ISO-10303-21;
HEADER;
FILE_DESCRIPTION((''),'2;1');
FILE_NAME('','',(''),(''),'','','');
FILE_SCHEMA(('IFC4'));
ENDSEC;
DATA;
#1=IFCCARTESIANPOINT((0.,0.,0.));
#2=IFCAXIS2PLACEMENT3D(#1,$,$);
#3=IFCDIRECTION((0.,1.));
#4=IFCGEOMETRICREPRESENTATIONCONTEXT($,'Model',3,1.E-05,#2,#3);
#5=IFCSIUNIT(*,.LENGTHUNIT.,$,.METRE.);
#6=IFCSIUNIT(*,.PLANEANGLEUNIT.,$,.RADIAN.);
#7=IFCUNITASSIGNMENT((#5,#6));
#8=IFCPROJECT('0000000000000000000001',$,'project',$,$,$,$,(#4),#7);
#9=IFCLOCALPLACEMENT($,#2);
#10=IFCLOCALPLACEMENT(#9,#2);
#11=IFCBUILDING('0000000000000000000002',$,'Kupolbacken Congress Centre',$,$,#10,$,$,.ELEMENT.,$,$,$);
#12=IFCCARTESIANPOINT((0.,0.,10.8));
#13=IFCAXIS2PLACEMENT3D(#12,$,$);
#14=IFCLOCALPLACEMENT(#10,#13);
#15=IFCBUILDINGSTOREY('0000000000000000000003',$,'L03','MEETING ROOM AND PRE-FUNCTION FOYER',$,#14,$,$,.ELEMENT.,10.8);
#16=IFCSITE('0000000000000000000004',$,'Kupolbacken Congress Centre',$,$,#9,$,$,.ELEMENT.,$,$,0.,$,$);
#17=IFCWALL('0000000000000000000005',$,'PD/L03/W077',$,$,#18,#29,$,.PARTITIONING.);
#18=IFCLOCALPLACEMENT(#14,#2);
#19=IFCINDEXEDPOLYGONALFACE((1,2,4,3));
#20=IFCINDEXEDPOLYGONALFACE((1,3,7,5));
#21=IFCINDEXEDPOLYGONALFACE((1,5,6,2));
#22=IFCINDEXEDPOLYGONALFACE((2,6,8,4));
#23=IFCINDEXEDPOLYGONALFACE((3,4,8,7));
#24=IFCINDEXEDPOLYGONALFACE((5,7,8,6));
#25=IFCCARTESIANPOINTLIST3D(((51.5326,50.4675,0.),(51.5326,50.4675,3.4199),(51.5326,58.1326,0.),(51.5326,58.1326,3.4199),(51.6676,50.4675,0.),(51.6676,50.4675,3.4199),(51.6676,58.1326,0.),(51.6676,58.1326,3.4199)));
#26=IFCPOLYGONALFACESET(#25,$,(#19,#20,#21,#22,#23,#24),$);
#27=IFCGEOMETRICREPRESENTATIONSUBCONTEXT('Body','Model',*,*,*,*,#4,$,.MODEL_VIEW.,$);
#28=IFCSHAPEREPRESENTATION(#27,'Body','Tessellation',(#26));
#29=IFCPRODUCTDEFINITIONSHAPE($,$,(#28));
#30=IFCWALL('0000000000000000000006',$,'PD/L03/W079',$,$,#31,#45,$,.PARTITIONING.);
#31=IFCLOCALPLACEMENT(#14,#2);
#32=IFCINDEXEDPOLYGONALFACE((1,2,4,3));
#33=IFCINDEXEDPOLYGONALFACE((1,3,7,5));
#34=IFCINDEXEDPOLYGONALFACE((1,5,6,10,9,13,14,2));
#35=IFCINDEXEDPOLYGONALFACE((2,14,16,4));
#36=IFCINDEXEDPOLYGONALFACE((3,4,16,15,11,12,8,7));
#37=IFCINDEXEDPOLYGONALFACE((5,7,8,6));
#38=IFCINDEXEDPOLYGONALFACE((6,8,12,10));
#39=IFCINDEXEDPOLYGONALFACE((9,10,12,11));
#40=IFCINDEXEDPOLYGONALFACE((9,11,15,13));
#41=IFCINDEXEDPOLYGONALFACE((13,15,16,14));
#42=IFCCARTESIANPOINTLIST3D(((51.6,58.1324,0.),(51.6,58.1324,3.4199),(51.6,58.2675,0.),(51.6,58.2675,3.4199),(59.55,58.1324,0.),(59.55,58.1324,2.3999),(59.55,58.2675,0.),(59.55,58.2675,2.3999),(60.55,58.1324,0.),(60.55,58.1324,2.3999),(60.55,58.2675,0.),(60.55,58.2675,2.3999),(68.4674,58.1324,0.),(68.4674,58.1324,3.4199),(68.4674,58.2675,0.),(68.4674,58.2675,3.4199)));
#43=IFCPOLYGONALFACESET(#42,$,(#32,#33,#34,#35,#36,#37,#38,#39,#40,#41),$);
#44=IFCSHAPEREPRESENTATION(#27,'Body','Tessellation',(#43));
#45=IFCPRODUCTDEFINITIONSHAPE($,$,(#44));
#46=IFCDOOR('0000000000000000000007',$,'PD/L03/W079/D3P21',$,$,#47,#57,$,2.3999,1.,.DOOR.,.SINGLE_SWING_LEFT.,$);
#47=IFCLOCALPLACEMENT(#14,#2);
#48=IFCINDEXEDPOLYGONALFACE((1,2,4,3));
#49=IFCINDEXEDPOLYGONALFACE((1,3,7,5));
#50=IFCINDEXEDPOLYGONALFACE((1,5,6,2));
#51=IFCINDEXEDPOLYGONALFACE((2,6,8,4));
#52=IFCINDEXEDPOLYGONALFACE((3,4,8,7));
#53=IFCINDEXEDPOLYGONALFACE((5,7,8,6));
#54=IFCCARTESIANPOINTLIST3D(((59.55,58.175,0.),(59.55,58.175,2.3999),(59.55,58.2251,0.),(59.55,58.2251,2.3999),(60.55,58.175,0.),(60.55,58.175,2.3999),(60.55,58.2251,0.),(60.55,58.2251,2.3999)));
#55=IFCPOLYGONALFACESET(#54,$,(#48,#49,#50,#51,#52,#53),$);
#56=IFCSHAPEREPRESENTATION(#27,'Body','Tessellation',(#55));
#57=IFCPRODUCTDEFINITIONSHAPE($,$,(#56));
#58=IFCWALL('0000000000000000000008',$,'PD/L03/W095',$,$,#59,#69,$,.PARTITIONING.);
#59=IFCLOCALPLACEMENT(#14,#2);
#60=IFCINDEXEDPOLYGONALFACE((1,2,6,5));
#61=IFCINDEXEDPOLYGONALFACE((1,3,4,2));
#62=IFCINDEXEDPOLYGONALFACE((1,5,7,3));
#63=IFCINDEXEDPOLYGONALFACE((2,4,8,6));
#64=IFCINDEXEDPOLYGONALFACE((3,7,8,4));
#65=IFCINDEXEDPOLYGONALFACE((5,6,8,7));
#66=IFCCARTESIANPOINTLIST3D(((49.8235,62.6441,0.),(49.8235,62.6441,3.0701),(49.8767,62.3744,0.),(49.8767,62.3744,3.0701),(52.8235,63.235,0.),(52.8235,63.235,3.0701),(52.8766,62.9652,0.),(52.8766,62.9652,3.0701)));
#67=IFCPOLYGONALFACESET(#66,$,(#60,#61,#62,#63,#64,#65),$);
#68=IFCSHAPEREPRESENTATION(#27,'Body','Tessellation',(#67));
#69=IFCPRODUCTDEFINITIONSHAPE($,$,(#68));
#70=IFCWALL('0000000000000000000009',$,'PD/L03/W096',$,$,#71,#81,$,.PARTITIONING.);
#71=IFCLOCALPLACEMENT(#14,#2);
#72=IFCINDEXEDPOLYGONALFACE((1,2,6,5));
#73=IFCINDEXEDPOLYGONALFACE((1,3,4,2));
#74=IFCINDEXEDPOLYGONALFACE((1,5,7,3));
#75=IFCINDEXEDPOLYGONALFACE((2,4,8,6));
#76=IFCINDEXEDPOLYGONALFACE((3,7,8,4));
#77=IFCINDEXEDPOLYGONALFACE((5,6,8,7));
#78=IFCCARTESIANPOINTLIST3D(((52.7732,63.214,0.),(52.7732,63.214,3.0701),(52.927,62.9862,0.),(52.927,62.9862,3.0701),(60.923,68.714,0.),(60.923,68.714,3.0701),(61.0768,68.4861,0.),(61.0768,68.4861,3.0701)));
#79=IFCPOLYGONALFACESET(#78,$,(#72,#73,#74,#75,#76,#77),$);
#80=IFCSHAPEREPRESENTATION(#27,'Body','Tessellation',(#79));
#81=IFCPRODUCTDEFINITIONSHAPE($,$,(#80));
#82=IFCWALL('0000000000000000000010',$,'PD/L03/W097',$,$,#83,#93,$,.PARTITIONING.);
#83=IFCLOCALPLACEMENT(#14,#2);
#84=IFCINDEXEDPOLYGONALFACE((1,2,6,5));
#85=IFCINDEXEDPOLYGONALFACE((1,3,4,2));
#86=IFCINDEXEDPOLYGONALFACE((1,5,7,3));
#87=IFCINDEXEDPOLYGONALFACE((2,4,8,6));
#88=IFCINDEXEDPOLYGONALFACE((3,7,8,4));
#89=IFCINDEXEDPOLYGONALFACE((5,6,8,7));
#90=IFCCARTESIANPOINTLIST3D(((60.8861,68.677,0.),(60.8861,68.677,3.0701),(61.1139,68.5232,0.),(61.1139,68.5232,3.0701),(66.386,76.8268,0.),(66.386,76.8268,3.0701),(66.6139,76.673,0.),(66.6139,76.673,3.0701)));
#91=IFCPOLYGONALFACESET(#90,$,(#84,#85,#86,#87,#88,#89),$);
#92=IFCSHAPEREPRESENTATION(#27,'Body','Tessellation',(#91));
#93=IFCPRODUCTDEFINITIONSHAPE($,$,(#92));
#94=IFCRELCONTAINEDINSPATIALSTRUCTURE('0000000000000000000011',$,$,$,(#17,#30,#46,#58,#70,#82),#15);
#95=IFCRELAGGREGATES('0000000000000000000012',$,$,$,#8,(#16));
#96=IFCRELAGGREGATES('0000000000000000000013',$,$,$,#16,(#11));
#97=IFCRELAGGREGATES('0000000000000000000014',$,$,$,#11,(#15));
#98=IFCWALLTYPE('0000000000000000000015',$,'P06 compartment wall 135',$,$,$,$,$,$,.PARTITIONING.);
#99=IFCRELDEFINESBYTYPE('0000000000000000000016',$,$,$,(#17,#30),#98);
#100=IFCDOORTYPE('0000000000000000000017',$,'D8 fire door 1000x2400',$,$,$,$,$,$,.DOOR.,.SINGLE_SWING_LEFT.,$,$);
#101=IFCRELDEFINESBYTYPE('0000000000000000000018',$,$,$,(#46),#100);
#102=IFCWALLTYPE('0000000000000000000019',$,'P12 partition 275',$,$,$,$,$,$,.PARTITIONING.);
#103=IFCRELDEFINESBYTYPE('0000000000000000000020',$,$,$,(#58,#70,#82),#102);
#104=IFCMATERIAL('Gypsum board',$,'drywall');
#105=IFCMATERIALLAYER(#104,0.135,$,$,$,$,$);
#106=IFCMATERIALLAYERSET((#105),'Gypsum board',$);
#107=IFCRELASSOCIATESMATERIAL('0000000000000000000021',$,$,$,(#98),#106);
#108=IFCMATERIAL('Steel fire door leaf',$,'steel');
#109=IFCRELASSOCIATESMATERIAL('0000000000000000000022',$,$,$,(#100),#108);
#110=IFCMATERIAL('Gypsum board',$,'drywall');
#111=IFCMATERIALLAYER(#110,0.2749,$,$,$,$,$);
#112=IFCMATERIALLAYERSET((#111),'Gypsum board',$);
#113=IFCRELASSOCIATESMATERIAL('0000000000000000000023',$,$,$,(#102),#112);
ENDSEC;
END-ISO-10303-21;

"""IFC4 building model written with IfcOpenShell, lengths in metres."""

from ifc_helpers import new_model, si_unit, direction, frame, frame_2d, origin, place, context, subcontext, project, spatial, rectangle, extrude, material, layer, layer_set, type_object, element, fill, save


model = new_model("IFC4")

# Units and contexts
model_context = context("Model", 3, precision=1e-05, world=origin(), true_north=direction((0.0, 1.0)))
body_context = subcontext(model_context, "Body", "Model", "MODEL_VIEW")
ifc_project = project(units=[si_unit("LENGTHUNIT", "METRE"), si_unit("PLANEANGLEUNIT", "RADIAN")], contexts=[model_context])

# Site, building, storey
site_placement = place(None, origin())
site = spatial("IfcSite", under=ifc_project, at=site_placement, Name="Kupolbacken Congress Centre", CompositionType="ELEMENT", RefElevation=0.0)
building_placement = place(site_placement, origin())
building = spatial("IfcBuilding", under=site, at=building_placement, Name="Kupolbacken Congress Centre", CompositionType="ELEMENT")
storey_placement = place(building_placement, frame((0.0, 0.0, 10.8)))
storey = spatial("IfcBuildingStorey", under=building, at=storey_placement, Name="L03", Description="MEETING ROOM AND PRE-FUNCTION FOYER", CompositionType="ELEMENT", Elevation=10.8)

# Wall
ifc_material_1 = material(Name="Gypsum board", Category="drywall")
ifc_layer_1 = layer(ifc_material_1, 0.135)
ifc_layer_set_1 = layer_set([ifc_layer_1], Name="Gypsum board")
wall_type_1 = type_object("IfcWallType", Name="P06 compartment wall 135", PredefinedType="PARTITIONING", material=ifc_layer_set_1)
wall_1_placement = place(storey_placement, frame((51.6001, 58.1326, 0.0), z_axis=(0.0, 0.0, 1.0), x_axis=(0.0, -1.0, 0.0)))
element("IfcWall", 1, at=wall_1_placement, inside=storey, type_object=wall_type_1, Name="PD/L03/W077", PredefinedType="PARTITIONING", context=body_context, shape_type="SweptSolid", body=[
    extrude(rectangle(XDim=7.665, YDim=0.135, at=frame_2d((3.8325, 0.0))), origin(), (0.0, 0.0, 1.0), 3.4199),
])

# Wall, opening, door
wall_2_placement = place(storey_placement, frame((51.6001, 58.2, 0.0), z_axis=(0.0, 0.0, 1.0), x_axis=(1.0, 0.0, 0.0)))
wall_2 = element("IfcWall", 2, at=wall_2_placement, inside=storey, type_object=wall_type_1, Name="PD/L03/W079", PredefinedType="PARTITIONING", context=body_context, shape_type="SweptSolid", body=[
    extrude(rectangle(XDim=16.8674, YDim=0.135, at=frame_2d((8.4336, 0.0))), origin(), (0.0, 0.0, 1.0), 3.4199),
])
opening_placement = place(wall_2_placement, frame((7.95, 0.0, 0.0)))
opening = element("IfcOpeningElement", 3, at=opening_placement, cuts=wall_2, PredefinedType="OPENING", context=body_context, shape_type="SweptSolid", body=[
    extrude(rectangle(XDim=1.0, YDim=2.3999, at=frame_2d((0.5, 1.2))), frame((0.0, 0.0774, 0.0), z_axis=(0.0, -1.0, 0.0), x_axis=(1.0, 0.0, 0.0)), (0.0, 0.0, 1.0), 0.155),
])
ifc_material_2 = material(Name="Steel fire door leaf", Category="steel")
door_type = type_object("IfcDoorType", Name="D8 fire door 1000x2400", OperationType="SINGLE_SWING_LEFT", PredefinedType="DOOR", material=ifc_material_2)
door_placement = place(opening_placement, frame((1.0, 0.0, 0.0), z_axis=(0.0, 0.0, 1.0), x_axis=(-1.0, 0.0, 0.0)))
door = element("IfcDoor", 4, at=door_placement, inside=storey, type_object=door_type, Name="PD/L03/W079/D3P21", OperationType="SINGLE_SWING_LEFT", OverallHeight=2.3999, OverallWidth=1.0, PredefinedType="DOOR", context=body_context, shape_type="SweptSolid", body=[
    extrude(rectangle(XDim=1.0, YDim=2.3999, at=frame_2d((0.5, 1.2))), frame((0.0, 0.0249, 0.0), z_axis=(0.0, -1.0, 0.0), x_axis=(1.0, 0.0, 0.0)), (0.0, 0.0, 1.0), 0.05),
])
fill(opening, door)

# Walls
ifc_material_3 = material(Name="Gypsum board", Category="drywall")
ifc_layer_2 = layer(ifc_material_3, 0.2749)
ifc_layer_set_2 = layer_set([ifc_layer_2], Name="Gypsum board")
wall_type_2 = type_object("IfcWallType", Name="P12 partition 275", PredefinedType="PARTITIONING", material=ifc_layer_set_2)
wall_3_placement = place(storey_placement, frame((49.8501, 62.5093, 0.0), z_axis=(0.0, 0.0, 1.0), x_axis=(0.981154, 0.193229, 0.0)))
element("IfcWall", 5, at=wall_3_placement, inside=storey, type_object=wall_type_2, Name="PD/L03/W095", PredefinedType="PARTITIONING", context=body_context, shape_type="SweptSolid", body=[
    extrude(rectangle(XDim=3.0576, YDim=0.2749, at=frame_2d((1.5288, 0.0))), origin(), (0.0, 0.0, 1.0), 3.0701),
])
for number, where, z_axis, x_axis, name in (
    (6, (52.8501, 63.1001, 0.0), (0.0, 0.0, 1.0), (0.828905, 0.55939, 0.0), "PD/L03/W096"),
    (7, (61.0, 68.6001, 0.0), (0.0, 0.0, 1.0), (0.55939, 0.828905, 0.0), "PD/L03/W097"),
):
    element("IfcWall", number, at=place(storey_placement, frame(where, z_axis=z_axis, x_axis=x_axis)), inside=storey, type_object=wall_type_2, Name=name, PredefinedType="PARTITIONING", context=body_context, shape_type="SweptSolid", body=[
        extrude(rectangle(XDim=9.832, YDim=0.2749, at=frame_2d((4.916, 0.0))), origin(), (0.0, 0.0, 1.0), 3.0701),
    ])

save(model, "model.ifc")
